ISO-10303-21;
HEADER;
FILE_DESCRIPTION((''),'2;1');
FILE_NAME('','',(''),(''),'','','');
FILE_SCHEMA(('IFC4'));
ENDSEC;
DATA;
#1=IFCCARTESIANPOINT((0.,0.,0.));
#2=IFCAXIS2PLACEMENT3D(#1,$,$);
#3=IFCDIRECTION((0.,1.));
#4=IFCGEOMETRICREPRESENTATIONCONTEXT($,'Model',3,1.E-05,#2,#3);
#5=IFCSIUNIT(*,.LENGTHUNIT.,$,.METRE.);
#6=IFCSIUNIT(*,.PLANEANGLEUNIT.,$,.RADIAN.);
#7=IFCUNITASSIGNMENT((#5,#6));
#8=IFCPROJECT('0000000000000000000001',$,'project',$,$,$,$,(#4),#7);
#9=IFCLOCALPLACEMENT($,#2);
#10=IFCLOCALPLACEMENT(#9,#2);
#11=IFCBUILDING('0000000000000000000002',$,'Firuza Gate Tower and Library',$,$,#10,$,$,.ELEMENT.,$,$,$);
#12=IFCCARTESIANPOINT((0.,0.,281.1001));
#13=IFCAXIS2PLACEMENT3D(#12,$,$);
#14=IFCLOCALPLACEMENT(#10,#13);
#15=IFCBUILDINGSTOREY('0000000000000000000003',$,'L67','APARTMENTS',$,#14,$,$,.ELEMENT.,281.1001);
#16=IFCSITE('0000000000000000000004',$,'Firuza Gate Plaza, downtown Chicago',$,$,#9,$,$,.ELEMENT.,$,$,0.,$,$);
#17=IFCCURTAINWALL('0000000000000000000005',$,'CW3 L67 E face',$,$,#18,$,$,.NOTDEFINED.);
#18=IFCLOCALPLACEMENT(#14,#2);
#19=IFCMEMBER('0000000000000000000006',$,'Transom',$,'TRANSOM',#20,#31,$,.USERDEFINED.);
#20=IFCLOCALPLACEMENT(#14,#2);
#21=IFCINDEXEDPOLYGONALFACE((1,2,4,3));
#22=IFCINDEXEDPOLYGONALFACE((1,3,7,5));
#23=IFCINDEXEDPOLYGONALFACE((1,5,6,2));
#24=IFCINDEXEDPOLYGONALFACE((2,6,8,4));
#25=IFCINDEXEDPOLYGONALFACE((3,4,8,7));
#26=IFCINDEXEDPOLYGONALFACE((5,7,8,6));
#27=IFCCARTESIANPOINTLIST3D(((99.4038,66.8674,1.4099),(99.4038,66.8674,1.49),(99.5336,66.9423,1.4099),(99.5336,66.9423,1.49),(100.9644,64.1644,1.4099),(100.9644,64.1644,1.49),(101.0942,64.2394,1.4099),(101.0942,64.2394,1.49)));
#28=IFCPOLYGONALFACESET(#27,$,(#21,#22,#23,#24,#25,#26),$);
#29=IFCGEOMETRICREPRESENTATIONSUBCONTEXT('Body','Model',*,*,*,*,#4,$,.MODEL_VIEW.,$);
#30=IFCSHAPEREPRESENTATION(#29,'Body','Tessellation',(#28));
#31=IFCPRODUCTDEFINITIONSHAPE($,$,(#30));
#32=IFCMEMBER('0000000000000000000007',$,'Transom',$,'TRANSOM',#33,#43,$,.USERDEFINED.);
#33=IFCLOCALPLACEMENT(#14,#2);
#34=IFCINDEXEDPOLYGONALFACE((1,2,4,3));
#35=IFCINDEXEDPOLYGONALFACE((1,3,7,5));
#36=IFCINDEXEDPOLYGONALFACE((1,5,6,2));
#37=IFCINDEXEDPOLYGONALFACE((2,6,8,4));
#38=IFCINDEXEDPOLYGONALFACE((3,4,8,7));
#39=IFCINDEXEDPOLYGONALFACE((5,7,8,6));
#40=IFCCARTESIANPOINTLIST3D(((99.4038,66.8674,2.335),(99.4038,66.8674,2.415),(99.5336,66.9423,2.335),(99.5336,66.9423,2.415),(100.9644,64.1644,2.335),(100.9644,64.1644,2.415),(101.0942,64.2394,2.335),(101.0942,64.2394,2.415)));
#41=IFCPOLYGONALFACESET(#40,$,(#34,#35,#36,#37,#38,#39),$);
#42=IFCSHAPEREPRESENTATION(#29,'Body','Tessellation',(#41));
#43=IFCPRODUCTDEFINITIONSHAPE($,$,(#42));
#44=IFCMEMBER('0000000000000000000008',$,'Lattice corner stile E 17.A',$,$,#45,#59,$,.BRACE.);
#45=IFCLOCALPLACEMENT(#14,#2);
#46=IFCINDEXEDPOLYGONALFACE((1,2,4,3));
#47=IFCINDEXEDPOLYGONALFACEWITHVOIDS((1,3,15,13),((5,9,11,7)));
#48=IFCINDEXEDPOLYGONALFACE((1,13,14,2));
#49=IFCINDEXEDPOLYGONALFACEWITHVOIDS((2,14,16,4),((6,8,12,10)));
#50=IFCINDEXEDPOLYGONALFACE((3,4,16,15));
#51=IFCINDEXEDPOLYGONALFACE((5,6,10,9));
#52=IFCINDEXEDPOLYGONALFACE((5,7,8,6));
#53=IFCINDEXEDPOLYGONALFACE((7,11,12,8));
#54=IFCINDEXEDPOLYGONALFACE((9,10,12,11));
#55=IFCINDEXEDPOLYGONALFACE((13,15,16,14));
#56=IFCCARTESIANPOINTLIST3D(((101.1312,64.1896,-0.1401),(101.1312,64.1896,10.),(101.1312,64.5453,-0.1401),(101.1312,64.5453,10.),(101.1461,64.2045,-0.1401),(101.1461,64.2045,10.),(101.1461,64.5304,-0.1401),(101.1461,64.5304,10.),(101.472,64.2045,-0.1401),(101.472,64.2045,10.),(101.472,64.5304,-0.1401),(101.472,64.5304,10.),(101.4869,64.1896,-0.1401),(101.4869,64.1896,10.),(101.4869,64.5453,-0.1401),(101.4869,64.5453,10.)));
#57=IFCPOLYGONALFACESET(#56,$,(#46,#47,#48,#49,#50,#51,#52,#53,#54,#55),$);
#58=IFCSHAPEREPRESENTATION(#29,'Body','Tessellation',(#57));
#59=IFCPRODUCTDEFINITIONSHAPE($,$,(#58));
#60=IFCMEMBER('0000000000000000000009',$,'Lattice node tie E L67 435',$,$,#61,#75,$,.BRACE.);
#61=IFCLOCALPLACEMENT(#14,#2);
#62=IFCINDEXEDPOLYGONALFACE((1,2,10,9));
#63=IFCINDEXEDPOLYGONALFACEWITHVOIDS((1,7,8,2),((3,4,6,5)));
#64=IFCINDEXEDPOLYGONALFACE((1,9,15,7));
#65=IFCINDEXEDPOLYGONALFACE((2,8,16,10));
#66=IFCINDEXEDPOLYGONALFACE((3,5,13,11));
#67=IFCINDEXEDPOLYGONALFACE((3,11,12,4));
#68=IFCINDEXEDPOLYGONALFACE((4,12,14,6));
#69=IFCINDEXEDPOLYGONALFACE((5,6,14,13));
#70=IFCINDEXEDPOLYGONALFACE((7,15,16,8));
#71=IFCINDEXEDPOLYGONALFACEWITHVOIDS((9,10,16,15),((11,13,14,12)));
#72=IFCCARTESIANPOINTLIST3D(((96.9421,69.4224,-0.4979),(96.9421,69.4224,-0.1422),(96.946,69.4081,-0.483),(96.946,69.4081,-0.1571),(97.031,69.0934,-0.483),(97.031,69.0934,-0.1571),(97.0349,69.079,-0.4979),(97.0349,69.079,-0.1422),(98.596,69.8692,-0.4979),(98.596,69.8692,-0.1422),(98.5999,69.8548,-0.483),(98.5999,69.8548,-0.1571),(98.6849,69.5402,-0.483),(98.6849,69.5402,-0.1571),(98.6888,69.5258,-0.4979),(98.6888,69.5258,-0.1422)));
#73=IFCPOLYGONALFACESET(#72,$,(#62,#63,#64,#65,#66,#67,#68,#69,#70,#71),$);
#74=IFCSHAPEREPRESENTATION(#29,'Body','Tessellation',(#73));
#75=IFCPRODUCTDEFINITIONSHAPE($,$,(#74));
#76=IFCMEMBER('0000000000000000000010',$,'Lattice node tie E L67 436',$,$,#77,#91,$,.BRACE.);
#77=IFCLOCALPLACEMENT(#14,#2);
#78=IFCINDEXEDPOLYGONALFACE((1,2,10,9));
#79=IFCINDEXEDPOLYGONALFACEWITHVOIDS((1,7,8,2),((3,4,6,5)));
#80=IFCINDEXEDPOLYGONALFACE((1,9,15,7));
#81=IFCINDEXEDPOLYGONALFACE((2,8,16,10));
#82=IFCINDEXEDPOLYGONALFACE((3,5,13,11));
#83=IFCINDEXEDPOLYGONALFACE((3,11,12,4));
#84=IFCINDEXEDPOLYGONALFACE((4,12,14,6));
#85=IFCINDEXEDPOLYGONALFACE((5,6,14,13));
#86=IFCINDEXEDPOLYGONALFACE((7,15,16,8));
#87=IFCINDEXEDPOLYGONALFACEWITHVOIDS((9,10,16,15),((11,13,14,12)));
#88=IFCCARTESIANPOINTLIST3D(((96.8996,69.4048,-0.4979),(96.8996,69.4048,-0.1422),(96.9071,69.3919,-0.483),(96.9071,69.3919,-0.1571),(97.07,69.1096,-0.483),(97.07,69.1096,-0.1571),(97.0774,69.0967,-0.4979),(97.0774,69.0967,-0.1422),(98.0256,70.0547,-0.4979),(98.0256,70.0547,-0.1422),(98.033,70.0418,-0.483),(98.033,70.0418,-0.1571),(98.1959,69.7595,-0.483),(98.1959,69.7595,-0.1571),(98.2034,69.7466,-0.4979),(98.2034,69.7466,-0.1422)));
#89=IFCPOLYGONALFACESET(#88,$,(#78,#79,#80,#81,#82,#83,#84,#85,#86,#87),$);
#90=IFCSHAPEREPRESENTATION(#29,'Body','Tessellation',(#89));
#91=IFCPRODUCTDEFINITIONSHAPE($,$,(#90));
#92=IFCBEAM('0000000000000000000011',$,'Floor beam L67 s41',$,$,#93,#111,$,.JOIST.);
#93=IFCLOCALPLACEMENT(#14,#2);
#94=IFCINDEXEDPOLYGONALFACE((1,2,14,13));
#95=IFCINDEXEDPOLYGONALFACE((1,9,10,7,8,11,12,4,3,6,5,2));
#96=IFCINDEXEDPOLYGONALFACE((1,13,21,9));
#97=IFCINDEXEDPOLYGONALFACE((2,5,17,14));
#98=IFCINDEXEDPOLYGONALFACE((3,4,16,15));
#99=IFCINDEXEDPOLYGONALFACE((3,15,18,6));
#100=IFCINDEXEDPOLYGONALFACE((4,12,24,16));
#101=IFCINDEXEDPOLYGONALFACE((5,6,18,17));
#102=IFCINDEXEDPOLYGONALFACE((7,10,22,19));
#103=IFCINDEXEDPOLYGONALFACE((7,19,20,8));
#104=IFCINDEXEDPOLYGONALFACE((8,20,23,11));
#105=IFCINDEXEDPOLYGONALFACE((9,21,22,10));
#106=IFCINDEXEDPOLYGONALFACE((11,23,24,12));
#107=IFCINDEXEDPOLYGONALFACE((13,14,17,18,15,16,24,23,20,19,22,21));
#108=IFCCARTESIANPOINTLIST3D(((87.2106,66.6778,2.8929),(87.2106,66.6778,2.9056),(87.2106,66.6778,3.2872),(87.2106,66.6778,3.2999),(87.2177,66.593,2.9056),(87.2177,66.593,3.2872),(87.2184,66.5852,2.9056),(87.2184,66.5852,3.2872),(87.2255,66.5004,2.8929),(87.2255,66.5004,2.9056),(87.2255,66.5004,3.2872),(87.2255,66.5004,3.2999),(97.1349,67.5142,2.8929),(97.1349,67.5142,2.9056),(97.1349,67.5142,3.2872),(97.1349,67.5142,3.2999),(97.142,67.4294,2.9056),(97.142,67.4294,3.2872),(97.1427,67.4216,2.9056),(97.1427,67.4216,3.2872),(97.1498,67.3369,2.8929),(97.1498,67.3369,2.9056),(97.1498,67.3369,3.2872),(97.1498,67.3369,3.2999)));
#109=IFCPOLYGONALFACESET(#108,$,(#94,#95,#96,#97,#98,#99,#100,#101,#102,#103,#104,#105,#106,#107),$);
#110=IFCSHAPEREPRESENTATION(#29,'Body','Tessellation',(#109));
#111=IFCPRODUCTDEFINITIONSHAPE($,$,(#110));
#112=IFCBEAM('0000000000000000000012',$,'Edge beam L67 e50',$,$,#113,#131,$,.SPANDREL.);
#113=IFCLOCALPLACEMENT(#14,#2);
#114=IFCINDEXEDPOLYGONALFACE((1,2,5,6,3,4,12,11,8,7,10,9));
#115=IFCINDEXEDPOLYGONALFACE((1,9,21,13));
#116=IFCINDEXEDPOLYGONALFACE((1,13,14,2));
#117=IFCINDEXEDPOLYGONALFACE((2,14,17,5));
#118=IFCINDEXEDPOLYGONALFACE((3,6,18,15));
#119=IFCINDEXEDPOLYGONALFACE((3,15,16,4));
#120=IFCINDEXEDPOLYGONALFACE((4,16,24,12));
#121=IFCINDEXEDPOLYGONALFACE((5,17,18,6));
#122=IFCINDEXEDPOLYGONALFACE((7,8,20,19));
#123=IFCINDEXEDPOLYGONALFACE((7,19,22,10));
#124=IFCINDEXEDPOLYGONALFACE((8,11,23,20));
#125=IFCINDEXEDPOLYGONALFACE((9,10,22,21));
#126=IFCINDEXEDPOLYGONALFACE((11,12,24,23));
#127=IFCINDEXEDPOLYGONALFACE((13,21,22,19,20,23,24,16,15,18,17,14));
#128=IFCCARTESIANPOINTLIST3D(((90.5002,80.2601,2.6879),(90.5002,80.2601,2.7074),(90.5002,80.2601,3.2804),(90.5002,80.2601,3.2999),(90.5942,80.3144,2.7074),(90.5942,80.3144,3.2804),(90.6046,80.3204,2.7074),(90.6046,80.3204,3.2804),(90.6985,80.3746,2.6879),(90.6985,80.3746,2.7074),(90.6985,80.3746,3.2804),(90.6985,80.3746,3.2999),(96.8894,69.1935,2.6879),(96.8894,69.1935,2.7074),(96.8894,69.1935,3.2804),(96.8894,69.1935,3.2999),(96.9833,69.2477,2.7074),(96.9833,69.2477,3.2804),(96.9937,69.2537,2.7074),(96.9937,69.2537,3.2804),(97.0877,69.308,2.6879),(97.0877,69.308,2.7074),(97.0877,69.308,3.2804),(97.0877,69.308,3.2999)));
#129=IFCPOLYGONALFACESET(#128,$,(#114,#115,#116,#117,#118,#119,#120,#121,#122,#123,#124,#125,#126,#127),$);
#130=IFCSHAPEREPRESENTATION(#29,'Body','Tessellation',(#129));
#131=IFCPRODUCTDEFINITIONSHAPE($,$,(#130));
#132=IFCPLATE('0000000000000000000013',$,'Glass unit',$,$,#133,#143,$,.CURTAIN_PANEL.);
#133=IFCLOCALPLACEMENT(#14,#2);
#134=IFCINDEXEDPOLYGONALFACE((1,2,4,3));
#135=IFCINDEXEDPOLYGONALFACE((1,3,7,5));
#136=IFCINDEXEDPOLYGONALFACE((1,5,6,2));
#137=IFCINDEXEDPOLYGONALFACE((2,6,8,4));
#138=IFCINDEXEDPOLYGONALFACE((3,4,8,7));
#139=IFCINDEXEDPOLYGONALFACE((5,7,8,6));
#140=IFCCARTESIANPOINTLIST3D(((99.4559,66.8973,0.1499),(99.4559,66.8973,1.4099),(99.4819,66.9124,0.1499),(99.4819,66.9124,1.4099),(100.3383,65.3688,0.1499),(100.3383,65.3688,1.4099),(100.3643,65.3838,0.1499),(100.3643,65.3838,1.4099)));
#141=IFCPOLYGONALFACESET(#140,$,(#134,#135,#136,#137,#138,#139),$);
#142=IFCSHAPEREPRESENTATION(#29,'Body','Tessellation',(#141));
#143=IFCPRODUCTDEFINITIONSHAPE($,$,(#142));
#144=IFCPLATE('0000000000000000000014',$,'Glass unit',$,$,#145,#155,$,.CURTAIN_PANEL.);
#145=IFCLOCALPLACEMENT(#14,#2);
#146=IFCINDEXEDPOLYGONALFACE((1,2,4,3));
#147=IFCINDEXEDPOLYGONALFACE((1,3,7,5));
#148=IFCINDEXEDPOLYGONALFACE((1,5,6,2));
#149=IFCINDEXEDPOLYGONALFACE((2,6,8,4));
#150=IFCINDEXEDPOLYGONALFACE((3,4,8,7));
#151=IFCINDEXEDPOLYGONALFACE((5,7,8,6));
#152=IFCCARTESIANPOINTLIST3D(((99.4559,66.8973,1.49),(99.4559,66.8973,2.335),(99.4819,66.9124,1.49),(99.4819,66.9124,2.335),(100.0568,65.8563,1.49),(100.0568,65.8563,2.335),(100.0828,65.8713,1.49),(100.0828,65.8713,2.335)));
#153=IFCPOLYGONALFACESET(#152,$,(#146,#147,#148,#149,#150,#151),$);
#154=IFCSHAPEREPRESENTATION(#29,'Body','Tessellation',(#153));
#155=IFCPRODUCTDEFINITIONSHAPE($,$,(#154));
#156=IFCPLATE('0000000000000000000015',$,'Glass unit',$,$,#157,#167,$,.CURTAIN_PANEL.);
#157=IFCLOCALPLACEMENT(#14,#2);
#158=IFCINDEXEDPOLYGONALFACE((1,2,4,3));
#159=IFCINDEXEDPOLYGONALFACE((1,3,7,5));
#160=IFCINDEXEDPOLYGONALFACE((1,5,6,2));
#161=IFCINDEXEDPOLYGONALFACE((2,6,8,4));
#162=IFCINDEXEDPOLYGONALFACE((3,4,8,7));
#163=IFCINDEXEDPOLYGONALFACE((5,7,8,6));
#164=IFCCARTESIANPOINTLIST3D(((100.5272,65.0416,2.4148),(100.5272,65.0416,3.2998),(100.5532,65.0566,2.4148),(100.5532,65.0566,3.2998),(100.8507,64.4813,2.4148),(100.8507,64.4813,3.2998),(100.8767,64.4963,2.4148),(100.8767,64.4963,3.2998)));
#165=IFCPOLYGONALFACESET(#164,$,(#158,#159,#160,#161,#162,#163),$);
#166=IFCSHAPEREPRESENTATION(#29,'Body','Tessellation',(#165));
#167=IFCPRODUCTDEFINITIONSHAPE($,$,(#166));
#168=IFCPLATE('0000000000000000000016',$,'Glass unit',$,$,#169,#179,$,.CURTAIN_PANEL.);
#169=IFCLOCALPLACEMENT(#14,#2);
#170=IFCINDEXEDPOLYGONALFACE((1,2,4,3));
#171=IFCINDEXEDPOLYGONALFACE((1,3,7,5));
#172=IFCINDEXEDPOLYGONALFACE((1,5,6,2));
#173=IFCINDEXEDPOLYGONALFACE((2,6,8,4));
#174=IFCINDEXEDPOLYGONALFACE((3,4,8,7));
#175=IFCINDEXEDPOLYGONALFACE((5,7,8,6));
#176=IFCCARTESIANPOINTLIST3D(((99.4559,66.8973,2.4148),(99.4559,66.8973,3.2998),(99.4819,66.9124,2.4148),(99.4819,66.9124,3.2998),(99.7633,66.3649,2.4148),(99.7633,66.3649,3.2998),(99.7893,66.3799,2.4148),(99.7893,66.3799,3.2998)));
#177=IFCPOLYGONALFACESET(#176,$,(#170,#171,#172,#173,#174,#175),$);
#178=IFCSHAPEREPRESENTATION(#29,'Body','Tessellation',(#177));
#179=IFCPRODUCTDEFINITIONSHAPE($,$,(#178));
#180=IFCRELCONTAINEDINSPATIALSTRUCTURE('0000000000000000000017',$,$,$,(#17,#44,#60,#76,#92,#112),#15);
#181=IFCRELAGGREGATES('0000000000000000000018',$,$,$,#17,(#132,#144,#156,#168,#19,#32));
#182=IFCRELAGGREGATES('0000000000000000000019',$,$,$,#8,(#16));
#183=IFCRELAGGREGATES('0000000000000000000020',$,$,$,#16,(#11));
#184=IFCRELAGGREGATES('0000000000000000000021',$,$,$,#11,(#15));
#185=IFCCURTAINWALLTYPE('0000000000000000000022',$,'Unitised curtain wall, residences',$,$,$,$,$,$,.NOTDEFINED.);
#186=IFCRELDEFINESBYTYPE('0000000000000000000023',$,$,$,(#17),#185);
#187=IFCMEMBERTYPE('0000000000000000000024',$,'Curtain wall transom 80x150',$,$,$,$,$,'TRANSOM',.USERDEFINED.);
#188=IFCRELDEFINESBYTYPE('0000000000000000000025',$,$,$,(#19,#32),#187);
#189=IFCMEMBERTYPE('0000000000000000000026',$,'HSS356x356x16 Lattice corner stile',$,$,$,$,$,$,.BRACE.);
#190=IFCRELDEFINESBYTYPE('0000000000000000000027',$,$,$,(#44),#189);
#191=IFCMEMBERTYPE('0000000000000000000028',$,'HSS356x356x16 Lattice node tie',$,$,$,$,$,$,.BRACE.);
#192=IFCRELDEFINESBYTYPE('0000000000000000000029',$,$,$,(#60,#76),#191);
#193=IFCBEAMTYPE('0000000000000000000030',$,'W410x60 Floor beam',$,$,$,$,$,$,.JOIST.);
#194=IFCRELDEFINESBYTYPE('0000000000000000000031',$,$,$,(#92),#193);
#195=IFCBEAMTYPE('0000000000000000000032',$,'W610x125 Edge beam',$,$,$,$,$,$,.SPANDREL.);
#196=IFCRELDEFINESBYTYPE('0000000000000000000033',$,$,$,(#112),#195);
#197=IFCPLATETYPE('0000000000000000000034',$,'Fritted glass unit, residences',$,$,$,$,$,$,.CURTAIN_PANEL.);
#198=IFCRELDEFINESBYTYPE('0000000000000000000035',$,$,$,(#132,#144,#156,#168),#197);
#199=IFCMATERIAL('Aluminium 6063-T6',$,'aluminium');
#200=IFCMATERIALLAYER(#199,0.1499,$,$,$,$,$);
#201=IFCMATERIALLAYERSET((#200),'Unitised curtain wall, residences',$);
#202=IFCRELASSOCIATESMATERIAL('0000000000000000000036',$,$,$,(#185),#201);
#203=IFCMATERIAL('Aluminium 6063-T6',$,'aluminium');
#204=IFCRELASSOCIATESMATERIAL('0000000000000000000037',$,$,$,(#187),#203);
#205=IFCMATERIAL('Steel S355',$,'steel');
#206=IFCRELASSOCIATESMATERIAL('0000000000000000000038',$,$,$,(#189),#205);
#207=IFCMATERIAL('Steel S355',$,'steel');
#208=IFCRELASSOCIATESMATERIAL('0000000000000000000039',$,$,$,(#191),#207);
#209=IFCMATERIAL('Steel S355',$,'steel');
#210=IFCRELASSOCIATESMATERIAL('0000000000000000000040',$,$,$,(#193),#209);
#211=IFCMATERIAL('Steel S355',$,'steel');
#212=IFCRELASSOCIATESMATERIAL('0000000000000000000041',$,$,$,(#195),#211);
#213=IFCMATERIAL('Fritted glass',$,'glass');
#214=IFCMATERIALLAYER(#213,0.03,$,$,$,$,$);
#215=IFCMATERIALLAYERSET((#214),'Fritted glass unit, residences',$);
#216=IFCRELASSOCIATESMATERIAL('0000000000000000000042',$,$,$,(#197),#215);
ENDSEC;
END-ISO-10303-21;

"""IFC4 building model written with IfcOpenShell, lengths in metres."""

from ifc_helpers import new_model, si_unit, direction, frame, origin, origin_2d, place, context, subcontext, project, spatial, polyline, rectangle, hollow_rectangle, i_section, outline, extrude, material, layer, layer_set, material_profile, profile_set, type_object, element, aggregate, save


model = new_model("IFC4")

# Units and contexts
model_context = context("Model", 3, precision=1e-05, world=origin(), true_north=direction((0.0, 1.0)))
body_context = subcontext(model_context, "Body", "Model", "MODEL_VIEW")
ifc_project = project(units=[si_unit("LENGTHUNIT", "METRE"), si_unit("PLANEANGLEUNIT", "RADIAN")], contexts=[model_context])

# Site, building, storey
site_placement = place(None, origin())
site = spatial("IfcSite", under=ifc_project, at=site_placement, Name="Firuza Gate Plaza, downtown Chicago", CompositionType="ELEMENT", RefElevation=0.0)
building_placement = place(site_placement, origin())
building = spatial("IfcBuilding", under=site, at=building_placement, Name="Firuza Gate Tower and Library", CompositionType="ELEMENT")
storey_placement = place(building_placement, frame((0.0, 0.0, 281.1001)))
storey = spatial("IfcBuildingStorey", under=building, at=storey_placement, Name="L67", Description="APARTMENTS", CompositionType="ELEMENT", Elevation=281.1001)

# Curtain wall, members
ifc_material_1 = material(Name="Aluminium 6063-T6", Category="aluminium")
ifc_layer_1 = layer(ifc_material_1, 0.1499)
ifc_layer_set_1 = layer_set([ifc_layer_1], Name="Unitised curtain wall, residences")
curtain_wall_type = type_object("IfcCurtainWallType", Name="Unitised curtain wall, residences", PredefinedType="NOTDEFINED", material=ifc_layer_set_1)
curtain_wall_placement = place(storey_placement, origin())
curtain_wall = element("IfcCurtainWall", 1, at=curtain_wall_placement, inside=storey, type_object=curtain_wall_type, Name="CW3 L67 E face", PredefinedType="NOTDEFINED")
ifc_material_2 = material(Name="Aluminium 6063-T6", Category="aluminium")
ifc_material_profile_1 = material_profile(ifc_material_2, rectangle(XDim=0.1499, YDim=0.0801, at=origin_2d()))
ifc_profile_set_1 = profile_set([ifc_material_profile_1], Name="Aluminium 6063-T6")
member_type_1 = type_object("IfcMemberType", Name="Curtain wall transom 80x150", ElementType="TRANSOM", PredefinedType="USERDEFINED", material=ifc_profile_set_1)
member_1_placement = place(storey_placement, frame((101.0293, 64.2019, 1.45), z_axis=(-0.500009, 0.86602, 0.0), x_axis=(-0.86602, -0.500009, 0.0)))
member_1 = element("IfcMember", 2, at=member_1_placement, type_object=member_type_1, Name="Transom", ObjectType="TRANSOM", PredefinedType="USERDEFINED", context=body_context, shape_type="SweptSolid", body=[
    extrude(rectangle(XDim=0.1499, YDim=0.0801, at=origin_2d()), origin(), (0.0, 0.0, 1.0), 3.1211),
])
member_2_placement = place(storey_placement, frame((101.0293, 64.2019, 2.375), z_axis=(-0.500009, 0.86602, 0.0), x_axis=(-0.86602, -0.500009, 0.0)))
member_2 = element("IfcMember", 3, at=member_2_placement, type_object=member_type_1, Name="Transom", ObjectType="TRANSOM", PredefinedType="USERDEFINED", context=body_context, shape_type="SweptSolid", body=[
    extrude(rectangle(XDim=0.1499, YDim=0.0801, at=origin_2d()), origin(), (0.0, 0.0, 1.0), 3.1211),
])

# Members
ifc_material_3 = material(Name="Steel S355", Category="steel")
ifc_material_profile_2 = material_profile(ifc_material_3, hollow_rectangle(XDim=0.3557, YDim=0.3557, WallThickness=0.0149, at=origin_2d()))
ifc_profile_set_2 = profile_set([ifc_material_profile_2], Name="Steel S355")
member_type_2 = type_object("IfcMemberType", Name="HSS356x356x16 Lattice corner stile", PredefinedType="BRACE", material=ifc_profile_set_2)
member_3_placement = place(storey_placement, frame((101.3091, 64.3674, -0.1401), z_axis=(0.0, 0.0, 1.0), x_axis=(1.0, 0.0, 0.0)))
element("IfcMember", 4, at=member_3_placement, inside=storey, type_object=member_type_2, Name="Lattice corner stile E 17.A", PredefinedType="BRACE", context=body_context, shape_type="SweptSolid", body=[
    extrude(hollow_rectangle(XDim=0.3557, YDim=0.3557, WallThickness=0.0149, at=origin_2d()), origin(), (0.0, 0.0, 1.0), 10.1401),
])
ifc_material_4 = material(Name="Steel S355", Category="steel")
ifc_material_profile_3 = material_profile(ifc_material_4, hollow_rectangle(XDim=0.3557, YDim=0.3557, WallThickness=0.0149, at=origin_2d()))
ifc_profile_set_3 = profile_set([ifc_material_profile_3], Name="Steel S355")
member_type_3 = type_object("IfcMemberType", Name="HSS356x356x16 Lattice node tie", PredefinedType="BRACE", material=ifc_profile_set_3)
member_4_placement = place(storey_placement, frame((96.9885, 69.2507, -0.3201), z_axis=(0.965392, 0.260801, 0.0), x_axis=(-0.260801, 0.965392, 0.0)))
element("IfcMember", 5, at=member_4_placement, inside=storey, type_object=member_type_3, Name="Lattice node tie E L67 435", PredefinedType="BRACE", context=body_context, shape_type="SweptSolid", body=[
    extrude(hollow_rectangle(XDim=0.3557, YDim=0.3557, WallThickness=0.0149, at=origin_2d()), origin(), (0.0, 0.0, 1.0), 1.7131),
])
member_5_placement = place(storey_placement, frame((96.9885, 69.2507, -0.3201), z_axis=(0.866086, 0.499896, 0.0), x_axis=(-0.499896, 0.866086, 0.0)))
element("IfcMember", 6, at=member_5_placement, inside=storey, type_object=member_type_3, Name="Lattice node tie E L67 436", PredefinedType="BRACE", context=body_context, shape_type="SweptSolid", body=[
    extrude(hollow_rectangle(XDim=0.3557, YDim=0.3557, WallThickness=0.0149, at=origin_2d()), origin(), (0.0, 0.0, 1.0), 1.3),
])

# Beams
ifc_material_5 = material(Name="Steel S355", Category="steel")
ifc_material_profile_4 = material_profile(ifc_material_5, i_section(OverallWidth=0.178, OverallDepth=0.407, WebThickness=0.0078, FlangeThickness=0.0127, at=origin_2d()))
ifc_profile_set_4 = profile_set([ifc_material_profile_4], Name="Steel S355")
beam_type_1 = type_object("IfcBeamType", Name="W410x60 Floor beam", PredefinedType="JOIST", material=ifc_profile_set_4)
beam_1_placement = place(storey_placement, frame((97.1423, 67.4255, 3.0964), z_axis=(-0.996467, -0.083983, 0.0), x_axis=(0.083983, -0.996467, 0.0)))
element("IfcBeam", 7, at=beam_1_placement, inside=storey, type_object=beam_type_1, Name="Floor beam L67 s41", PredefinedType="JOIST", context=body_context, shape_type="SweptSolid", body=[
    extrude(i_section(OverallWidth=0.178, OverallDepth=0.407, WebThickness=0.0078, FlangeThickness=0.0127, at=origin_2d()), origin(), (0.0, 0.0, 1.0), 9.9595),
])
ifc_material_6 = material(Name="Steel S355", Category="steel")
ifc_material_profile_5 = material_profile(ifc_material_6, i_section(OverallWidth=0.229, OverallDepth=0.6121, WebThickness=0.012, FlangeThickness=0.0195, at=origin_2d()))
ifc_profile_set_5 = profile_set([ifc_material_profile_5], Name="Steel S355")
beam_type_2 = type_object("IfcBeamType", Name="W610x125 Edge beam", PredefinedType="SPANDREL", material=ifc_profile_set_5)
beam_2_placement = place(storey_placement, frame((96.9885, 69.2507, 2.9939), z_axis=(-0.49999, 0.866031, 0.0), x_axis=(-0.866031, -0.49999, 0.0)))
element("IfcBeam", 8, at=beam_2_placement, inside=storey, type_object=beam_type_2, Name="Edge beam L67 e50", PredefinedType="SPANDREL", context=body_context, shape_type="SweptSolid", body=[
    extrude(i_section(OverallWidth=0.229, OverallDepth=0.6121, WebThickness=0.012, FlangeThickness=0.0195, at=origin_2d()), origin(), (0.0, 0.0, 1.0), 12.7786),
])

# Plates
ifc_material_7 = material(Name="Fritted glass", Category="glass")
ifc_layer_2 = layer(ifc_material_7, 0.03)
ifc_layer_set_2 = layer_set([ifc_layer_2], Name="Fritted glass unit, residences")
plate_type_1 = type_object("IfcPlateType", Name="Fritted glass unit, residences", PredefinedType="CURTAIN_PANEL", material=ifc_layer_set_2)
plate_1_placement = place(storey_placement, frame((100.3643, 65.3838, 0.1499), z_axis=(0.866073, 0.499918, 0.0), x_axis=(-0.499918, 0.866073, 0.0)))
plate_1 = element("IfcPlate", 9, at=plate_1_placement, type_object=plate_type_1, Name="Glass unit", PredefinedType="CURTAIN_PANEL", context=body_context, shape_type="SweptSolid", body=[
    extrude(outline(polyline([(0.0, 0.0), (1.7649, 0.0), (1.7649, 1.26), (0.0, 1.26), (0.0, 0.0)])), origin(), (0.0, 0.0, -1.0), 0.03),
])
plate_2_placement = place(storey_placement, frame((100.0828, 65.8713, 1.49), z_axis=(0.866098, 0.499875, 0.0), x_axis=(-0.499875, 0.866098, 0.0)))
plate_2 = element("IfcPlate", 10, at=plate_2_placement, type_object=plate_type_1, Name="Glass unit", PredefinedType="CURTAIN_PANEL", context=body_context, shape_type="SweptSolid", body=[
    extrude(outline(polyline([(0.0, 0.0), (1.202, 0.0), (1.202, 0.845), (0.0, 0.845), (0.0, 0.0)])), origin(), (0.0, 0.0, -1.0), 0.03),
])
plate_3_placement = place(storey_placement, frame((100.8767, 64.4963, 2.4148), z_axis=(0.866028, 0.499995, 0.0), x_axis=(-0.499995, 0.866028, 0.0)))
plate_3 = element("IfcPlate", 11, at=plate_3_placement, type_object=plate_type_1, Name="Glass unit", PredefinedType="CURTAIN_PANEL", context=body_context, shape_type="SweptSolid", body=[
    extrude(outline(polyline([(0.0, 0.0), (0.647, 0.0), (0.647, 0.885), (0.0, 0.885), (0.0, 0.0)])), origin(), (0.0, 0.0, -1.0), 0.03),
])
plate_4_placement = place(storey_placement, frame((99.7893, 66.3799, 2.4148), z_axis=(0.86606, 0.49994, 0.0), x_axis=(-0.49994, 0.86606, 0.0)))
plate_4 = element("IfcPlate", 12, at=plate_4_placement, type_object=plate_type_1, Name="Glass unit", PredefinedType="CURTAIN_PANEL", context=body_context, shape_type="SweptSolid", body=[
    extrude(outline(polyline([(0.0, 0.0), (0.6148, 0.0), (0.6148, 0.885), (0.0, 0.885), (0.0, 0.0)])), origin(), (0.0, 0.0, -1.0), 0.03),
])
aggregate(curtain_wall, [plate_1, plate_2, plate_3, plate_4, member_1, member_2])

save(model, "model.ifc")
